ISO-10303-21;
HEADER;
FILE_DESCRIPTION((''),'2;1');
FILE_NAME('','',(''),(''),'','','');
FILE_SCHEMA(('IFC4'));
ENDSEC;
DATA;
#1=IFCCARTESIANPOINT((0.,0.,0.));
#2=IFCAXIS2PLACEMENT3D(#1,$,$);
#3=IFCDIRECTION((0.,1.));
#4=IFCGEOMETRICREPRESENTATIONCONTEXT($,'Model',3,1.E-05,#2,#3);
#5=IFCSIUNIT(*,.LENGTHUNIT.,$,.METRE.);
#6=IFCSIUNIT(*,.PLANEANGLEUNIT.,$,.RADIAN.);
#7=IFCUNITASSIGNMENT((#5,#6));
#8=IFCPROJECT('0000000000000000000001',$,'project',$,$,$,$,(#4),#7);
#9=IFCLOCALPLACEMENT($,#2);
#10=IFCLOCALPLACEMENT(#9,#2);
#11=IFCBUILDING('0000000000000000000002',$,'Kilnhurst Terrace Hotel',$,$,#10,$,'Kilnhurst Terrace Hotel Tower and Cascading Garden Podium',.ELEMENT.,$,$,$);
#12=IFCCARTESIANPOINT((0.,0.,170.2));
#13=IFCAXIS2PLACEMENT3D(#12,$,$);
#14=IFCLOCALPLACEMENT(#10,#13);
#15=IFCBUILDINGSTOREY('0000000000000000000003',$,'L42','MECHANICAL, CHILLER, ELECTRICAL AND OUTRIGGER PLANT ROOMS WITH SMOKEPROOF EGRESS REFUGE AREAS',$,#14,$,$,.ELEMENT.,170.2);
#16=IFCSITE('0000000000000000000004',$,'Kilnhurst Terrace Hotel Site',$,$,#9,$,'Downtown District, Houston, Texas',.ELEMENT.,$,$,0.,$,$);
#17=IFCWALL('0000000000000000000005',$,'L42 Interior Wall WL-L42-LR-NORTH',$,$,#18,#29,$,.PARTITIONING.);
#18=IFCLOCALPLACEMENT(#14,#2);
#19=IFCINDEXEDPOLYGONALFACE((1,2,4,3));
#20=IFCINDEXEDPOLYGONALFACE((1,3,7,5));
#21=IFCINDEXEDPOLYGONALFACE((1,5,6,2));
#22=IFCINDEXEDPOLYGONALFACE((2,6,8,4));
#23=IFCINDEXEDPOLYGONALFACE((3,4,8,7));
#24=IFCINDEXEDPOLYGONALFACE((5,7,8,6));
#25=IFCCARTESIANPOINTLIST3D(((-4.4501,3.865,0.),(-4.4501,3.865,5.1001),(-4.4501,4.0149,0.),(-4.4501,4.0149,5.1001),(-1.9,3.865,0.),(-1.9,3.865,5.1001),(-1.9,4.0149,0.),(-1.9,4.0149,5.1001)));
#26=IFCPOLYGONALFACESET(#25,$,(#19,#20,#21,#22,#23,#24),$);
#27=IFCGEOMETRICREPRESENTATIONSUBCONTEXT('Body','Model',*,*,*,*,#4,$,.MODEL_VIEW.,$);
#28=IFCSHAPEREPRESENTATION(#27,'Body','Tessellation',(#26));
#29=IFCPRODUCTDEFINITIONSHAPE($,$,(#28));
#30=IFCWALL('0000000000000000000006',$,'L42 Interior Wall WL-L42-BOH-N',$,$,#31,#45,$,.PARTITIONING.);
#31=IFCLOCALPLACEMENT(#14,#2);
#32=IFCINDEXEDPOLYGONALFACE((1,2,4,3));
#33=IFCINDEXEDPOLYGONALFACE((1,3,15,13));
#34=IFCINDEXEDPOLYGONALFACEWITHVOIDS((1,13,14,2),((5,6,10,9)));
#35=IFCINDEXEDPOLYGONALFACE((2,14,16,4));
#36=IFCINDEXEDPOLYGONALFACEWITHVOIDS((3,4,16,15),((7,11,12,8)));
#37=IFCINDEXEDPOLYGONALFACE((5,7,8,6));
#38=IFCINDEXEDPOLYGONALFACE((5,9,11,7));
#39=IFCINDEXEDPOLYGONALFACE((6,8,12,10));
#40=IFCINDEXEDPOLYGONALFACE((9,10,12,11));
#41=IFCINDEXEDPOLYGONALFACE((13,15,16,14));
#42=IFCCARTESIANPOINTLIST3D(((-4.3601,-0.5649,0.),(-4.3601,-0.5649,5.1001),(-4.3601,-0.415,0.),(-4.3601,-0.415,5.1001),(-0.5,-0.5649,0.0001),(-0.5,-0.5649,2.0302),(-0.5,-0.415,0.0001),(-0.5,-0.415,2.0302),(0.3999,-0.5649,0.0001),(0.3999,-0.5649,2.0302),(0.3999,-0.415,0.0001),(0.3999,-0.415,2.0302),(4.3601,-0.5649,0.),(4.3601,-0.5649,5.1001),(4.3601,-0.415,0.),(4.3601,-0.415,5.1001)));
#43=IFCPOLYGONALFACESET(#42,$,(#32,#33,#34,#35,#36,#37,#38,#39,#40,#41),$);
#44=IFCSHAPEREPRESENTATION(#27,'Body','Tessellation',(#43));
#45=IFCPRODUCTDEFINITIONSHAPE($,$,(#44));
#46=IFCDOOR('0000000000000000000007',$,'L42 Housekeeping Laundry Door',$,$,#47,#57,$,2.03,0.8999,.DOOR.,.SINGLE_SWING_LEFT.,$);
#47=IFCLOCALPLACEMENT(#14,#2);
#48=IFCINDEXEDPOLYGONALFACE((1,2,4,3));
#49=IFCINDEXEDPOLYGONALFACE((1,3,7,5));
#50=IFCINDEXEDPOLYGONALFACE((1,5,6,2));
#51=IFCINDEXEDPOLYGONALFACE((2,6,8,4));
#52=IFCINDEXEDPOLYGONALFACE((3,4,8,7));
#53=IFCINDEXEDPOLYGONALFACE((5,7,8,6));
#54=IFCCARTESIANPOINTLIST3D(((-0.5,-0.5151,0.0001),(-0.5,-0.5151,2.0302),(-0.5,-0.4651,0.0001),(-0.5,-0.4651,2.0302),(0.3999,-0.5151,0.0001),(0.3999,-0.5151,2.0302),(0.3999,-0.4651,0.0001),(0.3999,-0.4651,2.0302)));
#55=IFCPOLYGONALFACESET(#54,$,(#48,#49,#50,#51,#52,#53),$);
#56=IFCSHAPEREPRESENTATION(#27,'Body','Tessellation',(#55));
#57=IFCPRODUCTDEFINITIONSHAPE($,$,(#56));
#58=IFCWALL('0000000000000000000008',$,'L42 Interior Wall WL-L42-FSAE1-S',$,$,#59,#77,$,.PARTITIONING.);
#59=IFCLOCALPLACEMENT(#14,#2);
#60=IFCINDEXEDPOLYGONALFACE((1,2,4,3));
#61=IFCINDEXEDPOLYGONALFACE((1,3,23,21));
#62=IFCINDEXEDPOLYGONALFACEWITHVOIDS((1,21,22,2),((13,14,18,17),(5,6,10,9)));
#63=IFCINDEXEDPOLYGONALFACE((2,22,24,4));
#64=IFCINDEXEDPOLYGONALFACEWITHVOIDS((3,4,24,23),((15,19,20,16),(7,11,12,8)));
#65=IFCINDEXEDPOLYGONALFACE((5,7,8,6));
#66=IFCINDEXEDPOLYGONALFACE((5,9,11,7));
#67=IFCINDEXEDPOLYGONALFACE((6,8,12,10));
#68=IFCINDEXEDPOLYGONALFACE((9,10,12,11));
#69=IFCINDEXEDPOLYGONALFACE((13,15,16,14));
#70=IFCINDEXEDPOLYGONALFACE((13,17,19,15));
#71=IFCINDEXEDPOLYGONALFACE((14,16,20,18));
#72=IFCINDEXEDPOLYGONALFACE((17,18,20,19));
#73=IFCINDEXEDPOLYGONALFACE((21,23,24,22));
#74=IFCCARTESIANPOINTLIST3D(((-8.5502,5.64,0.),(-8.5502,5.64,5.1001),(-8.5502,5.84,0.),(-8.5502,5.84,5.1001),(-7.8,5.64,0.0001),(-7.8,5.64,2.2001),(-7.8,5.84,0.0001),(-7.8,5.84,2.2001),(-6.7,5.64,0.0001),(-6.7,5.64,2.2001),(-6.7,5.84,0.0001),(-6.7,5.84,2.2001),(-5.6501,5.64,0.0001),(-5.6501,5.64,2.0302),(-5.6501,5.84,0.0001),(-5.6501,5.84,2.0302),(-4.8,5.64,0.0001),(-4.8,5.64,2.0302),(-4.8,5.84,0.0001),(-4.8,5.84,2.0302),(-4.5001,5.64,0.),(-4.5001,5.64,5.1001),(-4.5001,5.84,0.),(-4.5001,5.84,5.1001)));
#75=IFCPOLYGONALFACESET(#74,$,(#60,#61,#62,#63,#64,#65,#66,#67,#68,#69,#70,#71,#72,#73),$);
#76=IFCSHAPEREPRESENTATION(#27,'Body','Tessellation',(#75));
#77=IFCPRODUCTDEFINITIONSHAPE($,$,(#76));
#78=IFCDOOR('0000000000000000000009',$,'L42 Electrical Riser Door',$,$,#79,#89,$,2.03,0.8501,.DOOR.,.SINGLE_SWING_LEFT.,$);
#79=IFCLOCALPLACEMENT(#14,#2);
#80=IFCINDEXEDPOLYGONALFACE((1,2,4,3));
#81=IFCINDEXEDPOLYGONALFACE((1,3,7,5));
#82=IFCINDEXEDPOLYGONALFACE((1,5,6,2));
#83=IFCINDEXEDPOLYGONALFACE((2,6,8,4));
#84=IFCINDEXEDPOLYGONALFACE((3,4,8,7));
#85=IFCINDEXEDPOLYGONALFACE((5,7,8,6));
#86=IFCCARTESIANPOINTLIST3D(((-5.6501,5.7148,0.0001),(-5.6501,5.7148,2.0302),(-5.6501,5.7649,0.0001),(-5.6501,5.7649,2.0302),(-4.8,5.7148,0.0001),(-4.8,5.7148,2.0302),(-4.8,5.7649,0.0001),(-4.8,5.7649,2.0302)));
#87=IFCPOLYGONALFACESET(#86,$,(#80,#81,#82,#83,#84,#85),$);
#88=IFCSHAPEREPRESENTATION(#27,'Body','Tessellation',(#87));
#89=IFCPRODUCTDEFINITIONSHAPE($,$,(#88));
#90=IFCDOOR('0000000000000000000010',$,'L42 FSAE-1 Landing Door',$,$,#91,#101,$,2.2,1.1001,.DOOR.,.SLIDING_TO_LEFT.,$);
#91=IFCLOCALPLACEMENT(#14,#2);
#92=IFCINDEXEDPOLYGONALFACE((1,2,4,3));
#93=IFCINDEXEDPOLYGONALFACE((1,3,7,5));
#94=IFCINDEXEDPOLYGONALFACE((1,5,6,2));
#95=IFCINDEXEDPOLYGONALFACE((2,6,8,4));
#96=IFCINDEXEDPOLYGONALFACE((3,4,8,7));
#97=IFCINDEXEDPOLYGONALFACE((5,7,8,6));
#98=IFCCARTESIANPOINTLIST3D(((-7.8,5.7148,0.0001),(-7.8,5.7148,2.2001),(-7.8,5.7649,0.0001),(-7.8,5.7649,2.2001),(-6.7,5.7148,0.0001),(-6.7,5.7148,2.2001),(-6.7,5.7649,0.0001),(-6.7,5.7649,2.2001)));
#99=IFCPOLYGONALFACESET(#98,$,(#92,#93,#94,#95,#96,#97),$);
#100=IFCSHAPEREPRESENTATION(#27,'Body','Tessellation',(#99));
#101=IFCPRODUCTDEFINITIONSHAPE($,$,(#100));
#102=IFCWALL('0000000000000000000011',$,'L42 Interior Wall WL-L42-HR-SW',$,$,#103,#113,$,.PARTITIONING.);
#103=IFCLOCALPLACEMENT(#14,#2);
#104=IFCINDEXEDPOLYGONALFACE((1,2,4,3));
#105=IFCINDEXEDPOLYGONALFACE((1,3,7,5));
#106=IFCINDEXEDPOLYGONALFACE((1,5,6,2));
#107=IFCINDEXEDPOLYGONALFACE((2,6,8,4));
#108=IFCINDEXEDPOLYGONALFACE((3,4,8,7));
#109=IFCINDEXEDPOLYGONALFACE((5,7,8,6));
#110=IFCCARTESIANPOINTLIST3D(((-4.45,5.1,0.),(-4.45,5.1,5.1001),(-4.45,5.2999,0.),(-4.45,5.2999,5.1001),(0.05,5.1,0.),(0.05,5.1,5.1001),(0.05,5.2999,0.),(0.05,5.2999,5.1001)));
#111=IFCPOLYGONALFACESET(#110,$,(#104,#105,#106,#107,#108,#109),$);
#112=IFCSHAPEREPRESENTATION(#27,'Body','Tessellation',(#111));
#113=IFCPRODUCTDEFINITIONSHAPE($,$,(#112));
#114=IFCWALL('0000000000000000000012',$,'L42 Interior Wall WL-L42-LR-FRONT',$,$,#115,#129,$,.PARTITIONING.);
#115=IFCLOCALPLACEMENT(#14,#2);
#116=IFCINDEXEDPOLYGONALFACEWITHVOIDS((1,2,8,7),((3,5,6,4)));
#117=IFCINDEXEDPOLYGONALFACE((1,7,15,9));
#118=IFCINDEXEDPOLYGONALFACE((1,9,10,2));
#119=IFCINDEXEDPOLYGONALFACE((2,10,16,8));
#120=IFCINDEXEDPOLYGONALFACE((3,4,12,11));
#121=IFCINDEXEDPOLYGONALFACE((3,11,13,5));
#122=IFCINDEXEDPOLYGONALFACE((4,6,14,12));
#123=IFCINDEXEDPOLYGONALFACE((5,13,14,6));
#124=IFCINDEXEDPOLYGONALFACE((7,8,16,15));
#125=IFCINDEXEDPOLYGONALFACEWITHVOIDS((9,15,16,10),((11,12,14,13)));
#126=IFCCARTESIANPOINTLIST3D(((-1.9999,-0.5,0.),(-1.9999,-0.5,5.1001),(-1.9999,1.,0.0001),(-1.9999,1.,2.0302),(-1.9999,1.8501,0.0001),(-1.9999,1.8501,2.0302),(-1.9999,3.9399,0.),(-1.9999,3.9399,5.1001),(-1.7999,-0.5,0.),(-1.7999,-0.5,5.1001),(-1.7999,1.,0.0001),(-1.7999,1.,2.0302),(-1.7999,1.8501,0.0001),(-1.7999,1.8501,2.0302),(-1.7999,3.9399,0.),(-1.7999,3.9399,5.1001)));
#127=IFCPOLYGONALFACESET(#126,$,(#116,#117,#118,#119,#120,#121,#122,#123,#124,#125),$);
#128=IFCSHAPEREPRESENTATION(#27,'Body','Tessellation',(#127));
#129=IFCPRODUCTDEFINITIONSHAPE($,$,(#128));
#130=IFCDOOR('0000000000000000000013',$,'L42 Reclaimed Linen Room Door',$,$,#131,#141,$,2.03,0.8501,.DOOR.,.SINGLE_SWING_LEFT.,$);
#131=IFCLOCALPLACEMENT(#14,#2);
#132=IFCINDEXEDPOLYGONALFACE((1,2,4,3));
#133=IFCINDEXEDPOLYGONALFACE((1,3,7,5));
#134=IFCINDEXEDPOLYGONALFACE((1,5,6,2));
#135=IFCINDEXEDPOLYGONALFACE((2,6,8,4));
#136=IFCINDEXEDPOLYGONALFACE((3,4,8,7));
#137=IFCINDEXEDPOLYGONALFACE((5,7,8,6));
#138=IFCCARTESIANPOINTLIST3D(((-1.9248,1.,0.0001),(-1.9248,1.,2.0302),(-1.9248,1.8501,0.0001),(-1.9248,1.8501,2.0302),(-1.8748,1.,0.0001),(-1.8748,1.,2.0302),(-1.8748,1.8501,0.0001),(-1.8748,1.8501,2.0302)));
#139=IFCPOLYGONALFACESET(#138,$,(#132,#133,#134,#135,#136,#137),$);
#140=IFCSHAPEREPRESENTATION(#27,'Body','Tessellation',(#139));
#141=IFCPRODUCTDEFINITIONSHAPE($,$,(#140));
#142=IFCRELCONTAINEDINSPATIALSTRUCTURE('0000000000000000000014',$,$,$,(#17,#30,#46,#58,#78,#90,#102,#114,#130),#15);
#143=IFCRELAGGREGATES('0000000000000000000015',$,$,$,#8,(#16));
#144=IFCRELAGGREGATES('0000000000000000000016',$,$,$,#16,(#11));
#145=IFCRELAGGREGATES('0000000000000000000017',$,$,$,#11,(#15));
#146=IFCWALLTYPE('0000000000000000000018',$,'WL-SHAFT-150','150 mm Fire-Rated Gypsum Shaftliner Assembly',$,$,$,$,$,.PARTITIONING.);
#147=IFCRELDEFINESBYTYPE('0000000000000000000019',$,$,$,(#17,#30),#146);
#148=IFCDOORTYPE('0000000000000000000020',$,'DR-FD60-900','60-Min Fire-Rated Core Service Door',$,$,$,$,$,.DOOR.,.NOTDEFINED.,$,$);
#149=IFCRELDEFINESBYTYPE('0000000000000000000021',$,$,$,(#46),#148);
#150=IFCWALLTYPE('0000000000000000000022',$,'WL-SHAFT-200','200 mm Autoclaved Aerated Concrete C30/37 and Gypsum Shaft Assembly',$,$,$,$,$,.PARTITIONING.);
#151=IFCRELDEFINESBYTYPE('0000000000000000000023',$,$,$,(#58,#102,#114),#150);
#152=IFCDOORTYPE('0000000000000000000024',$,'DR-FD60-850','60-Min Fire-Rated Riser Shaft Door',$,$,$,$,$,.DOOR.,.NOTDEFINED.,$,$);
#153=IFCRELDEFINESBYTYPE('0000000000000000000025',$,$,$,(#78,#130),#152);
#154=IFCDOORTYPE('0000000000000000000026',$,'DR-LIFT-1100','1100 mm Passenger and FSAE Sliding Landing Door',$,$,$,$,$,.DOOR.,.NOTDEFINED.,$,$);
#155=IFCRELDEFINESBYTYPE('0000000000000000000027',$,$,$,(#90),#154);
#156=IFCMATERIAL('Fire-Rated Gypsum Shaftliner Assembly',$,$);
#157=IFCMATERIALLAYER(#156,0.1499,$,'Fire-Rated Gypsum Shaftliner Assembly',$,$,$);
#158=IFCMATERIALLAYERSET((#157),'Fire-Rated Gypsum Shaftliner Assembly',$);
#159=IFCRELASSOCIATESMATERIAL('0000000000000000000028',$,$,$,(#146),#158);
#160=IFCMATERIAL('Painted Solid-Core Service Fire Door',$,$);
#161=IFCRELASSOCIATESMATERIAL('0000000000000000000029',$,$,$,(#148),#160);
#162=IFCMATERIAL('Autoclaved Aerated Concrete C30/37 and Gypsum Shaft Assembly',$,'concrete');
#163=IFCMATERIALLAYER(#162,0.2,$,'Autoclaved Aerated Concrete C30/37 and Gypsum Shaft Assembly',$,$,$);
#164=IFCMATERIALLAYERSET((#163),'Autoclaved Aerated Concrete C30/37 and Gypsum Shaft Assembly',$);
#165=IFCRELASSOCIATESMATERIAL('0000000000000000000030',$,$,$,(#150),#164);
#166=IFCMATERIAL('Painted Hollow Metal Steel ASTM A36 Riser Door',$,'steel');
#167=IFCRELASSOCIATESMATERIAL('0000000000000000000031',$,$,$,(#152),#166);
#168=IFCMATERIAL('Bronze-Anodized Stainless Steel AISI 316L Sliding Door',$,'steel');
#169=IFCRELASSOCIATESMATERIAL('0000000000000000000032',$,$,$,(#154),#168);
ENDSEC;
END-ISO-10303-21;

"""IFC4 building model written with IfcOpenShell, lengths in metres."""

from ifc_helpers import new_model, si_unit, direction, frame, frame_2d, origin, place, context, subcontext, project, spatial, rectangle, extrude, material, layer, layer_set, type_object, element, fill, save


model = new_model("IFC4")

# Units and contexts
model_context = context("Model", 3, precision=1e-05, world=origin(), true_north=direction((0.0, 1.0)))
body_context = subcontext(model_context, "Body", "Model", "MODEL_VIEW")
ifc_project = project(units=[si_unit("LENGTHUNIT", "METRE"), si_unit("PLANEANGLEUNIT", "RADIAN")], contexts=[model_context])

# Site, building, storey
site_placement = place(None, origin())
site = spatial("IfcSite", under=ifc_project, at=site_placement, Name="Kilnhurst Terrace Hotel Site", LongName="Downtown District, Houston, Texas", CompositionType="ELEMENT", RefElevation=0.0)
building_placement = place(site_placement, origin())
building = spatial("IfcBuilding", under=site, at=building_placement, Name="Kilnhurst Terrace Hotel", LongName="Kilnhurst Terrace Hotel Tower and Cascading Garden Podium", CompositionType="ELEMENT")
storey_placement = place(building_placement, frame((0.0, 0.0, 170.2)))
storey = spatial("IfcBuildingStorey", under=building, at=storey_placement, Name="L42", Description="MECHANICAL, CHILLER, ELECTRICAL AND OUTRIGGER PLANT ROOMS WITH SMOKEPROOF EGRESS REFUGE AREAS", CompositionType="ELEMENT", Elevation=170.2)

# Wall
ifc_material_1 = material(Name="Fire-Rated Gypsum Shaftliner Assembly")
ifc_layer_1 = layer(ifc_material_1, 0.1499, Name="Fire-Rated Gypsum Shaftliner Assembly")
ifc_layer_set_1 = layer_set([ifc_layer_1], Name="Fire-Rated Gypsum Shaftliner Assembly")
wall_type_1 = type_object("IfcWallType", Name="WL-SHAFT-150", Description="150 mm Fire-Rated Gypsum Shaftliner Assembly", PredefinedType="PARTITIONING", material=ifc_layer_set_1)
wall_1_placement = place(storey_placement, frame((-4.45, 3.9399, 0.0), z_axis=(0.0, 0.0, 1.0), x_axis=(1.0, 0.0, 0.0)))
element("IfcWall", 1, at=wall_1_placement, inside=storey, type_object=wall_type_1, Name="L42 Interior Wall WL-L42-LR-NORTH", PredefinedType="PARTITIONING", context=body_context, shape_type="SweptSolid", body=[
    extrude(rectangle(XDim=2.55, YDim=0.1499, at=frame_2d((1.2749, 0.0))), origin(), (0.0, 0.0, 1.0), 5.1001),
])

# Wall, opening, door
wall_2_placement = place(storey_placement, frame((-4.3601, -0.49, 0.0), z_axis=(0.0, 0.0, 1.0), x_axis=(1.0, 0.0, 0.0)))
wall_2 = element("IfcWall", 2, at=wall_2_placement, inside=storey, type_object=wall_type_1, Name="L42 Interior Wall WL-L42-BOH-N", PredefinedType="PARTITIONING", context=body_context, shape_type="SweptSolid", body=[
    extrude(rectangle(XDim=8.7202, YDim=0.1499, at=frame_2d((4.3601, 0.0))), origin(), (0.0, 0.0, 1.0), 5.1001),
])
opening_1_placement = place(wall_2_placement, frame((3.8601, 0.0, 0.0)))
opening_1 = element("IfcOpeningElement", 3, at=opening_1_placement, cuts=wall_2, PredefinedType="OPENING", context=body_context, shape_type="SweptSolid", body=[
    extrude(rectangle(XDim=0.8999, YDim=2.03, at=frame_2d((0.45, 1.0151))), frame((0.0, 0.085, 0.0), z_axis=(0.0, -1.0, 0.0), x_axis=(1.0, 0.0, 0.0)), (0.0, 0.0, 1.0), 0.1699),
])
ifc_material_2 = material(Name="Painted Solid-Core Service Fire Door")
door_type_1 = type_object("IfcDoorType", Name="DR-FD60-900", Description="60-Min Fire-Rated Core Service Door", OperationType="NOTDEFINED", PredefinedType="DOOR", material=ifc_material_2)
door_1_placement = place(opening_1_placement, origin())
door_1 = element("IfcDoor", 4, at=door_1_placement, inside=storey, type_object=door_type_1, Name="L42 Housekeeping Laundry Door", OperationType="SINGLE_SWING_LEFT", OverallHeight=2.03, OverallWidth=0.8999, PredefinedType="DOOR", context=body_context, shape_type="SweptSolid", body=[
    extrude(rectangle(XDim=0.8999, YDim=2.03, at=frame_2d((0.45, 1.0151))), frame((0.0, 0.0249, 0.0), z_axis=(0.0, -1.0, 0.0), x_axis=(1.0, 0.0, 0.0)), (0.0, 0.0, 1.0), 0.05),
])
fill(opening_1, door_1)

# Wall, openings, doors
ifc_material_3 = material(Name="Autoclaved Aerated Concrete C30/37 and Gypsum Shaft Assembly", Category="concrete")
ifc_layer_2 = layer(ifc_material_3, 0.2, Name="Autoclaved Aerated Concrete C30/37 and Gypsum Shaft Assembly")
ifc_layer_set_2 = layer_set([ifc_layer_2], Name="Autoclaved Aerated Concrete C30/37 and Gypsum Shaft Assembly")
wall_type_2 = type_object("IfcWallType", Name="WL-SHAFT-200", Description="200 mm Autoclaved Aerated Concrete C30/37 and Gypsum Shaft Assembly", PredefinedType="PARTITIONING", material=ifc_layer_set_2)
wall_3_placement = place(storey_placement, frame((-8.55, 5.74, 0.0), z_axis=(0.0, 0.0, 1.0), x_axis=(1.0, 0.0, 0.0)))
wall_3 = element("IfcWall", 5, at=wall_3_placement, inside=storey, type_object=wall_type_2, Name="L42 Interior Wall WL-L42-FSAE1-S", PredefinedType="PARTITIONING", context=body_context, shape_type="SweptSolid", body=[
    extrude(rectangle(XDim=4.05, YDim=0.2, at=frame_2d((2.0249, 0.0))), origin(), (0.0, 0.0, 1.0), 5.1001),
])
opening_2_placement = place(wall_3_placement, frame((0.75, 0.0, 0.0)))
opening_2 = element("IfcOpeningElement", 6, at=opening_2_placement, cuts=wall_3, PredefinedType="OPENING", context=body_context, shape_type="SweptSolid", body=[
    extrude(rectangle(XDim=1.1001, YDim=2.2, at=frame_2d((0.55, 1.1001))), frame((0.0, 0.1099, 0.0), z_axis=(0.0, -1.0, 0.0), x_axis=(1.0, 0.0, 0.0)), (0.0, 0.0, 1.0), 0.22),
])
opening_3_placement = place(wall_3_placement, frame((2.8999, 0.0, 0.0)))
opening_3 = element("IfcOpeningElement", 7, at=opening_3_placement, cuts=wall_3, PredefinedType="OPENING", context=body_context, shape_type="SweptSolid", body=[
    extrude(rectangle(XDim=0.8501, YDim=2.03, at=frame_2d((0.425, 1.0151))), frame((0.0, 0.1099, 0.0), z_axis=(0.0, -1.0, 0.0), x_axis=(1.0, 0.0, 0.0)), (0.0, 0.0, 1.0), 0.22),
])
ifc_material_4 = material(Name="Painted Hollow Metal Steel ASTM A36 Riser Door", Category="steel")
door_type_2 = type_object("IfcDoorType", Name="DR-FD60-850", Description="60-Min Fire-Rated Riser Shaft Door", OperationType="NOTDEFINED", PredefinedType="DOOR", material=ifc_material_4)
door_2_placement = place(opening_3_placement, origin())
door_2 = element("IfcDoor", 8, at=door_2_placement, inside=storey, type_object=door_type_2, Name="L42 Electrical Riser Door", OperationType="SINGLE_SWING_LEFT", OverallHeight=2.03, OverallWidth=0.8501, PredefinedType="DOOR", context=body_context, shape_type="SweptSolid", body=[
    extrude(rectangle(XDim=0.8501, YDim=2.03, at=frame_2d((0.425, 1.0151))), frame((0.0, 0.0249, 0.0), z_axis=(0.0, -1.0, 0.0), x_axis=(1.0, 0.0, 0.0)), (0.0, 0.0, 1.0), 0.05),
])
fill(opening_3, door_2)
ifc_material_5 = material(Name="Bronze-Anodized Stainless Steel AISI 316L Sliding Door", Category="steel")
door_type_3 = type_object("IfcDoorType", Name="DR-LIFT-1100", Description="1100 mm Passenger and FSAE Sliding Landing Door", OperationType="NOTDEFINED", PredefinedType="DOOR", material=ifc_material_5)
door_3_placement = place(opening_2_placement, origin())
door_3 = element("IfcDoor", 9, at=door_3_placement, inside=storey, type_object=door_type_3, Name="L42 FSAE-1 Landing Door", OperationType="SLIDING_TO_LEFT", OverallHeight=2.2, OverallWidth=1.1001, PredefinedType="DOOR", context=body_context, shape_type="SweptSolid", body=[
    extrude(rectangle(XDim=1.1001, YDim=2.2, at=frame_2d((0.55, 1.1001))), frame((0.0, 0.0249, 0.0), z_axis=(0.0, -1.0, 0.0), x_axis=(1.0, 0.0, 0.0)), (0.0, 0.0, 1.0), 0.05),
])
fill(opening_2, door_3)

# Wall
wall_4_placement = place(storey_placement, frame((-4.45, 5.2, 0.0), z_axis=(0.0, 0.0, 1.0), x_axis=(1.0, 0.0, 0.0)))
element("IfcWall", 10, at=wall_4_placement, inside=storey, type_object=wall_type_2, Name="L42 Interior Wall WL-L42-HR-SW", PredefinedType="PARTITIONING", context=body_context, shape_type="SweptSolid", body=[
    extrude(rectangle(XDim=4.5, YDim=0.2, at=frame_2d((2.25, 0.0))), origin(), (0.0, 0.0, 1.0), 5.1001),
])

# Wall, opening, door
wall_5_placement = place(storey_placement, frame((-1.8999, -0.5, 0.0), z_axis=(0.0, 0.0, 1.0), x_axis=(0.0, 1.0, 0.0)))
wall_5 = element("IfcWall", 11, at=wall_5_placement, inside=storey, type_object=wall_type_2, Name="L42 Interior Wall WL-L42-LR-FRONT", PredefinedType="PARTITIONING", context=body_context, shape_type="SweptSolid", body=[
    extrude(rectangle(XDim=4.4399, YDim=0.2, at=frame_2d((2.22, 0.0))), origin(), (0.0, 0.0, 1.0), 5.1001),
])
opening_4_placement = place(wall_5_placement, frame((1.5, 0.0, 0.0)))
opening_4 = element("IfcOpeningElement", 12, at=opening_4_placement, cuts=wall_5, PredefinedType="OPENING", context=body_context, shape_type="SweptSolid", body=[
    extrude(rectangle(XDim=0.8501, YDim=2.03, at=frame_2d((0.425, 1.0151))), frame((0.0, 0.1099, 0.0), z_axis=(0.0, -1.0, 0.0), x_axis=(1.0, 0.0, 0.0)), (0.0, 0.0, 1.0), 0.22),
])
door_4_placement = place(opening_4_placement, origin())
door_4 = element("IfcDoor", 13, at=door_4_placement, inside=storey, type_object=door_type_2, Name="L42 Reclaimed Linen Room Door", OperationType="SINGLE_SWING_LEFT", OverallHeight=2.03, OverallWidth=0.8501, PredefinedType="DOOR", context=body_context, shape_type="SweptSolid", body=[
    extrude(rectangle(XDim=0.8501, YDim=2.03, at=frame_2d((0.425, 1.0151))), frame((0.0, 0.0249, 0.0), z_axis=(0.0, -1.0, 0.0), x_axis=(1.0, 0.0, 0.0)), (0.0, 0.0, 1.0), 0.05),
])
fill(opening_4, door_4)

save(model, "model.ifc")
